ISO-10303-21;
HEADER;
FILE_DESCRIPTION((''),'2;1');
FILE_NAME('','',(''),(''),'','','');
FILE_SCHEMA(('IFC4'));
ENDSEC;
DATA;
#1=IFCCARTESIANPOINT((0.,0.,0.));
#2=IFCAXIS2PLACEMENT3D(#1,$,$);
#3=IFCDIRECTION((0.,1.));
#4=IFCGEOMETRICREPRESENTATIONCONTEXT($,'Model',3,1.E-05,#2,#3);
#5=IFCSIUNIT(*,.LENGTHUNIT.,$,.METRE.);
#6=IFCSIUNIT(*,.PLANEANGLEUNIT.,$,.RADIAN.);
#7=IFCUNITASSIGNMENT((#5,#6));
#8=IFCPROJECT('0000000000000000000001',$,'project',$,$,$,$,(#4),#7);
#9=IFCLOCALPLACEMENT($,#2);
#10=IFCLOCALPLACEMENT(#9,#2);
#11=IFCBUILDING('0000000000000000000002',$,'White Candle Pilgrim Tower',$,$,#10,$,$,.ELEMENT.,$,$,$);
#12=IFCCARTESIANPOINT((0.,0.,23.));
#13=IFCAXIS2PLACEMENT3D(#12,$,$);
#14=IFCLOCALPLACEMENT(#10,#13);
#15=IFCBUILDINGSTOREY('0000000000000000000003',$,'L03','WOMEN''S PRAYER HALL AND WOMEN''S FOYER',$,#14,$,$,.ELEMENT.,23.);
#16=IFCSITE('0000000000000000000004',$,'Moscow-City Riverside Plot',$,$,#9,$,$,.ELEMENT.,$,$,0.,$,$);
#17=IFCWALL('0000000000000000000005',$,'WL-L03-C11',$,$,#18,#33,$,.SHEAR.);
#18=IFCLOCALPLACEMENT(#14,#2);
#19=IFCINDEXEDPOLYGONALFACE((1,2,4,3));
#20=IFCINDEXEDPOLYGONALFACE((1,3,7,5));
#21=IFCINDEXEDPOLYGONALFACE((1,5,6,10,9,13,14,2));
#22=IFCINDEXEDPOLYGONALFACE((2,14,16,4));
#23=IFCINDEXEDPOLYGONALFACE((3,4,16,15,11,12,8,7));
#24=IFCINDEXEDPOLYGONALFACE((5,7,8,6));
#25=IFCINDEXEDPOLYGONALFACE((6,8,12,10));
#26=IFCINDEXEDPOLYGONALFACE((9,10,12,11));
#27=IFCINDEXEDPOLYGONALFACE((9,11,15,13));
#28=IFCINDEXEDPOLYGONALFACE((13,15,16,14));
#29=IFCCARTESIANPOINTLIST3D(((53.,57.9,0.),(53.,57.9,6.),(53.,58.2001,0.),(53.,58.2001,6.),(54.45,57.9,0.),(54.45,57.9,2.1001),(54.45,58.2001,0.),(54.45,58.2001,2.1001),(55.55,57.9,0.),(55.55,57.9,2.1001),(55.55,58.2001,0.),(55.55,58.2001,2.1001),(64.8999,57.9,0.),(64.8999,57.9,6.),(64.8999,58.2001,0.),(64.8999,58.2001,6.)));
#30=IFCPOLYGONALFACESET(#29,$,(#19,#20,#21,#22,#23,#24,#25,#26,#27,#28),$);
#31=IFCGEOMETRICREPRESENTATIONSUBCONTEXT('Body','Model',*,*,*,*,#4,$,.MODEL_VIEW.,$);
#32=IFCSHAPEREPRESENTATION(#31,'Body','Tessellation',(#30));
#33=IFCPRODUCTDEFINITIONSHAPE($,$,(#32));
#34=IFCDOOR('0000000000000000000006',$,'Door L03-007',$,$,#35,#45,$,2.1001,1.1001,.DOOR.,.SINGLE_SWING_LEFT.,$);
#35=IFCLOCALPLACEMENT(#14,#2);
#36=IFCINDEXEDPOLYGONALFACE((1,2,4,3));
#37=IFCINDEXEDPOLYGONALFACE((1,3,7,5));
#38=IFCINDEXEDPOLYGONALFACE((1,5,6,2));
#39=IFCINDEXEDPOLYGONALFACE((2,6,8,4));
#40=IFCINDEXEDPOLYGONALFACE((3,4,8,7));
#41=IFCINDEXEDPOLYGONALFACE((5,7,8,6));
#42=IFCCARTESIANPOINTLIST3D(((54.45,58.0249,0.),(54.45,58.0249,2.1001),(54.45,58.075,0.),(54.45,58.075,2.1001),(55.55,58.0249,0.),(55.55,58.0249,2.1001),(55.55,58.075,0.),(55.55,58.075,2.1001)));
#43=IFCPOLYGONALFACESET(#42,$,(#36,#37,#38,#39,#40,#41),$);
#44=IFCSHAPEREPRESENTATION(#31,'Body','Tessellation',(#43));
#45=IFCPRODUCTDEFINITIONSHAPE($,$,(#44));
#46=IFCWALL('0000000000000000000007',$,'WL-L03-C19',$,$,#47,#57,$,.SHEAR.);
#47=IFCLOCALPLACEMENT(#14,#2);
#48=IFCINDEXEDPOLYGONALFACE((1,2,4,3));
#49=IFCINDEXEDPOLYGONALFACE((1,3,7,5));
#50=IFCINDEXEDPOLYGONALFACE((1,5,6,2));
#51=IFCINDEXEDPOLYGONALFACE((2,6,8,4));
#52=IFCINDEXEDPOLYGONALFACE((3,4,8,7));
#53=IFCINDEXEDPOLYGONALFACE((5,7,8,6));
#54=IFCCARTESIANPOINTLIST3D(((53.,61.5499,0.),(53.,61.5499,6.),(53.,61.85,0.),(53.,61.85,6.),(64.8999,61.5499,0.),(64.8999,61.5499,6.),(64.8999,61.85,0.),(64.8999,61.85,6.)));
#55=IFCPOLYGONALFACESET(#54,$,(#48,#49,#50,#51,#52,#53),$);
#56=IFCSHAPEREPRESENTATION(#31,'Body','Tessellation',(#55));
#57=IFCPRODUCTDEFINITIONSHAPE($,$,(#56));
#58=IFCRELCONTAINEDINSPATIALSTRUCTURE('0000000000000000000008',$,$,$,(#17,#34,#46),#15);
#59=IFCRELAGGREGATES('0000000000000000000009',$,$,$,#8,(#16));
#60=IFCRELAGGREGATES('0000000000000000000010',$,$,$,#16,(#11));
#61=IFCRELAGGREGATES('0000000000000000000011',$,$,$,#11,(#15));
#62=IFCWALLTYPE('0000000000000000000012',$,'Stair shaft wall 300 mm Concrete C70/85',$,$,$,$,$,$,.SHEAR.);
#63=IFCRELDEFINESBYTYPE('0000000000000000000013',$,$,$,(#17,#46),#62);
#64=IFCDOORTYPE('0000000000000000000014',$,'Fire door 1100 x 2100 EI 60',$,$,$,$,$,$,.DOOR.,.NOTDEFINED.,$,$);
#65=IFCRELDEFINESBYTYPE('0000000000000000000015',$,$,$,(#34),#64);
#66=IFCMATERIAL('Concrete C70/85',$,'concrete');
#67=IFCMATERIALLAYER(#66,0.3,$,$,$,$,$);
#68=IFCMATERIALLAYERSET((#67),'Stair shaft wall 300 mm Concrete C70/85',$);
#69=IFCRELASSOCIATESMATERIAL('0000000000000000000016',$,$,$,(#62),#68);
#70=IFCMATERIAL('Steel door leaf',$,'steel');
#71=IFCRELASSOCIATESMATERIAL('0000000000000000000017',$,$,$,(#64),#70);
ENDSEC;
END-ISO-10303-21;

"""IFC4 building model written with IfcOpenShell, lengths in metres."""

from ifc_helpers import new_model, si_unit, direction, frame, frame_2d, origin, place, context, subcontext, project, spatial, rectangle, extrude, material, layer, layer_set, type_object, element, fill, save


model = new_model("IFC4")

# Units and contexts
model_context = context("Model", 3, precision=1e-05, world=origin(), true_north=direction((0.0, 1.0)))
body_context = subcontext(model_context, "Body", "Model", "MODEL_VIEW")
ifc_project = project(units=[si_unit("LENGTHUNIT", "METRE"), si_unit("PLANEANGLEUNIT", "RADIAN")], contexts=[model_context])

# Site, building, storey
site_placement = place(None, origin())
site = spatial("IfcSite", under=ifc_project, at=site_placement, Name="Moscow-City Riverside Plot", CompositionType="ELEMENT", RefElevation=0.0)
building_placement = place(site_placement, origin())
building = spatial("IfcBuilding", under=site, at=building_placement, Name="White Candle Pilgrim Tower", CompositionType="ELEMENT")
storey_placement = place(building_placement, frame((0.0, 0.0, 23.0)))
storey = spatial("IfcBuildingStorey", under=building, at=storey_placement, Name="L03", Description="WOMEN'S PRAYER HALL AND WOMEN'S FOYER", CompositionType="ELEMENT", Elevation=23.0)

# Shared definitions
ifc_material_1 = material(Name="Steel door leaf", Category="steel")

# Shared definitions
ifc_material_2 = material(Name="Concrete C70/85", Category="concrete")

# Wall, opening, door
ifc_layer_1 = layer(ifc_material_2, 0.3)
ifc_layer_set_1 = layer_set([ifc_layer_1], Name="Stair shaft wall 300 mm Concrete C70/85")
wall_type_1 = type_object("IfcWallType", Name="Stair shaft wall 300 mm Concrete C70/85", PredefinedType="SHEAR", material=ifc_layer_set_1)
wall_1_placement = place(storey_placement, frame((53.0, 58.05, 0.0), z_axis=(0.0, 0.0, 1.0), x_axis=(1.0, 0.0, 0.0)))
wall_1 = element("IfcWall", 1, at=wall_1_placement, inside=storey, type_object=wall_type_1, Name="WL-L03-C11", PredefinedType="SHEAR", context=body_context, shape_type="SweptSolid", body=[
    extrude(rectangle(XDim=11.8999, YDim=0.3, at=frame_2d((5.95, 0.0))), origin(), (0.0, 0.0, 1.0), 6.0),
])
opening_1_placement = place(wall_1_placement, frame((1.45, 0.0, 0.0)))
opening_1 = element("IfcOpeningElement", 2, at=opening_1_placement, cuts=wall_1, PredefinedType="OPENING", context=body_context, shape_type="SweptSolid", body=[
    extrude(rectangle(XDim=1.1001, YDim=2.1001, at=frame_2d((0.55, 1.05))), frame((0.0, 0.1599, 0.0), z_axis=(0.0, -1.0, 0.0), x_axis=(1.0, 0.0, 0.0)), (0.0, 0.0, 1.0), 0.3201),
])
door_type_1 = type_object("IfcDoorType", Name="Fire door 1100 x 2100 EI 60", OperationType="NOTDEFINED", PredefinedType="DOOR", material=ifc_material_1)
door_1_placement = place(opening_1_placement, origin())
door_1 = element("IfcDoor", 3, at=door_1_placement, inside=storey, type_object=door_type_1, Name="Door L03-007", OperationType="SINGLE_SWING_LEFT", OverallHeight=2.1001, OverallWidth=1.1001, PredefinedType="DOOR", context=body_context, shape_type="SweptSolid", body=[
    extrude(rectangle(XDim=1.1001, YDim=2.1001, at=frame_2d((0.55, 1.05))), frame((0.0, 0.0249, 0.0), z_axis=(0.0, -1.0, 0.0), x_axis=(1.0, 0.0, 0.0)), (0.0, 0.0, 1.0), 0.05),
])
fill(opening_1, door_1)

# Wall
wall_2_placement = place(storey_placement, frame((53.0, 61.7, 0.0), z_axis=(0.0, 0.0, 1.0), x_axis=(1.0, 0.0, 0.0)))
element("IfcWall", 4, at=wall_2_placement, inside=storey, type_object=wall_type_1, Name="WL-L03-C19", PredefinedType="SHEAR", context=body_context, shape_type="SweptSolid", body=[
    extrude(rectangle(XDim=11.8999, YDim=0.3, at=frame_2d((5.95, 0.0))), origin(), (0.0, 0.0, 1.0), 6.0),
])

save(model, "model.ifc")
